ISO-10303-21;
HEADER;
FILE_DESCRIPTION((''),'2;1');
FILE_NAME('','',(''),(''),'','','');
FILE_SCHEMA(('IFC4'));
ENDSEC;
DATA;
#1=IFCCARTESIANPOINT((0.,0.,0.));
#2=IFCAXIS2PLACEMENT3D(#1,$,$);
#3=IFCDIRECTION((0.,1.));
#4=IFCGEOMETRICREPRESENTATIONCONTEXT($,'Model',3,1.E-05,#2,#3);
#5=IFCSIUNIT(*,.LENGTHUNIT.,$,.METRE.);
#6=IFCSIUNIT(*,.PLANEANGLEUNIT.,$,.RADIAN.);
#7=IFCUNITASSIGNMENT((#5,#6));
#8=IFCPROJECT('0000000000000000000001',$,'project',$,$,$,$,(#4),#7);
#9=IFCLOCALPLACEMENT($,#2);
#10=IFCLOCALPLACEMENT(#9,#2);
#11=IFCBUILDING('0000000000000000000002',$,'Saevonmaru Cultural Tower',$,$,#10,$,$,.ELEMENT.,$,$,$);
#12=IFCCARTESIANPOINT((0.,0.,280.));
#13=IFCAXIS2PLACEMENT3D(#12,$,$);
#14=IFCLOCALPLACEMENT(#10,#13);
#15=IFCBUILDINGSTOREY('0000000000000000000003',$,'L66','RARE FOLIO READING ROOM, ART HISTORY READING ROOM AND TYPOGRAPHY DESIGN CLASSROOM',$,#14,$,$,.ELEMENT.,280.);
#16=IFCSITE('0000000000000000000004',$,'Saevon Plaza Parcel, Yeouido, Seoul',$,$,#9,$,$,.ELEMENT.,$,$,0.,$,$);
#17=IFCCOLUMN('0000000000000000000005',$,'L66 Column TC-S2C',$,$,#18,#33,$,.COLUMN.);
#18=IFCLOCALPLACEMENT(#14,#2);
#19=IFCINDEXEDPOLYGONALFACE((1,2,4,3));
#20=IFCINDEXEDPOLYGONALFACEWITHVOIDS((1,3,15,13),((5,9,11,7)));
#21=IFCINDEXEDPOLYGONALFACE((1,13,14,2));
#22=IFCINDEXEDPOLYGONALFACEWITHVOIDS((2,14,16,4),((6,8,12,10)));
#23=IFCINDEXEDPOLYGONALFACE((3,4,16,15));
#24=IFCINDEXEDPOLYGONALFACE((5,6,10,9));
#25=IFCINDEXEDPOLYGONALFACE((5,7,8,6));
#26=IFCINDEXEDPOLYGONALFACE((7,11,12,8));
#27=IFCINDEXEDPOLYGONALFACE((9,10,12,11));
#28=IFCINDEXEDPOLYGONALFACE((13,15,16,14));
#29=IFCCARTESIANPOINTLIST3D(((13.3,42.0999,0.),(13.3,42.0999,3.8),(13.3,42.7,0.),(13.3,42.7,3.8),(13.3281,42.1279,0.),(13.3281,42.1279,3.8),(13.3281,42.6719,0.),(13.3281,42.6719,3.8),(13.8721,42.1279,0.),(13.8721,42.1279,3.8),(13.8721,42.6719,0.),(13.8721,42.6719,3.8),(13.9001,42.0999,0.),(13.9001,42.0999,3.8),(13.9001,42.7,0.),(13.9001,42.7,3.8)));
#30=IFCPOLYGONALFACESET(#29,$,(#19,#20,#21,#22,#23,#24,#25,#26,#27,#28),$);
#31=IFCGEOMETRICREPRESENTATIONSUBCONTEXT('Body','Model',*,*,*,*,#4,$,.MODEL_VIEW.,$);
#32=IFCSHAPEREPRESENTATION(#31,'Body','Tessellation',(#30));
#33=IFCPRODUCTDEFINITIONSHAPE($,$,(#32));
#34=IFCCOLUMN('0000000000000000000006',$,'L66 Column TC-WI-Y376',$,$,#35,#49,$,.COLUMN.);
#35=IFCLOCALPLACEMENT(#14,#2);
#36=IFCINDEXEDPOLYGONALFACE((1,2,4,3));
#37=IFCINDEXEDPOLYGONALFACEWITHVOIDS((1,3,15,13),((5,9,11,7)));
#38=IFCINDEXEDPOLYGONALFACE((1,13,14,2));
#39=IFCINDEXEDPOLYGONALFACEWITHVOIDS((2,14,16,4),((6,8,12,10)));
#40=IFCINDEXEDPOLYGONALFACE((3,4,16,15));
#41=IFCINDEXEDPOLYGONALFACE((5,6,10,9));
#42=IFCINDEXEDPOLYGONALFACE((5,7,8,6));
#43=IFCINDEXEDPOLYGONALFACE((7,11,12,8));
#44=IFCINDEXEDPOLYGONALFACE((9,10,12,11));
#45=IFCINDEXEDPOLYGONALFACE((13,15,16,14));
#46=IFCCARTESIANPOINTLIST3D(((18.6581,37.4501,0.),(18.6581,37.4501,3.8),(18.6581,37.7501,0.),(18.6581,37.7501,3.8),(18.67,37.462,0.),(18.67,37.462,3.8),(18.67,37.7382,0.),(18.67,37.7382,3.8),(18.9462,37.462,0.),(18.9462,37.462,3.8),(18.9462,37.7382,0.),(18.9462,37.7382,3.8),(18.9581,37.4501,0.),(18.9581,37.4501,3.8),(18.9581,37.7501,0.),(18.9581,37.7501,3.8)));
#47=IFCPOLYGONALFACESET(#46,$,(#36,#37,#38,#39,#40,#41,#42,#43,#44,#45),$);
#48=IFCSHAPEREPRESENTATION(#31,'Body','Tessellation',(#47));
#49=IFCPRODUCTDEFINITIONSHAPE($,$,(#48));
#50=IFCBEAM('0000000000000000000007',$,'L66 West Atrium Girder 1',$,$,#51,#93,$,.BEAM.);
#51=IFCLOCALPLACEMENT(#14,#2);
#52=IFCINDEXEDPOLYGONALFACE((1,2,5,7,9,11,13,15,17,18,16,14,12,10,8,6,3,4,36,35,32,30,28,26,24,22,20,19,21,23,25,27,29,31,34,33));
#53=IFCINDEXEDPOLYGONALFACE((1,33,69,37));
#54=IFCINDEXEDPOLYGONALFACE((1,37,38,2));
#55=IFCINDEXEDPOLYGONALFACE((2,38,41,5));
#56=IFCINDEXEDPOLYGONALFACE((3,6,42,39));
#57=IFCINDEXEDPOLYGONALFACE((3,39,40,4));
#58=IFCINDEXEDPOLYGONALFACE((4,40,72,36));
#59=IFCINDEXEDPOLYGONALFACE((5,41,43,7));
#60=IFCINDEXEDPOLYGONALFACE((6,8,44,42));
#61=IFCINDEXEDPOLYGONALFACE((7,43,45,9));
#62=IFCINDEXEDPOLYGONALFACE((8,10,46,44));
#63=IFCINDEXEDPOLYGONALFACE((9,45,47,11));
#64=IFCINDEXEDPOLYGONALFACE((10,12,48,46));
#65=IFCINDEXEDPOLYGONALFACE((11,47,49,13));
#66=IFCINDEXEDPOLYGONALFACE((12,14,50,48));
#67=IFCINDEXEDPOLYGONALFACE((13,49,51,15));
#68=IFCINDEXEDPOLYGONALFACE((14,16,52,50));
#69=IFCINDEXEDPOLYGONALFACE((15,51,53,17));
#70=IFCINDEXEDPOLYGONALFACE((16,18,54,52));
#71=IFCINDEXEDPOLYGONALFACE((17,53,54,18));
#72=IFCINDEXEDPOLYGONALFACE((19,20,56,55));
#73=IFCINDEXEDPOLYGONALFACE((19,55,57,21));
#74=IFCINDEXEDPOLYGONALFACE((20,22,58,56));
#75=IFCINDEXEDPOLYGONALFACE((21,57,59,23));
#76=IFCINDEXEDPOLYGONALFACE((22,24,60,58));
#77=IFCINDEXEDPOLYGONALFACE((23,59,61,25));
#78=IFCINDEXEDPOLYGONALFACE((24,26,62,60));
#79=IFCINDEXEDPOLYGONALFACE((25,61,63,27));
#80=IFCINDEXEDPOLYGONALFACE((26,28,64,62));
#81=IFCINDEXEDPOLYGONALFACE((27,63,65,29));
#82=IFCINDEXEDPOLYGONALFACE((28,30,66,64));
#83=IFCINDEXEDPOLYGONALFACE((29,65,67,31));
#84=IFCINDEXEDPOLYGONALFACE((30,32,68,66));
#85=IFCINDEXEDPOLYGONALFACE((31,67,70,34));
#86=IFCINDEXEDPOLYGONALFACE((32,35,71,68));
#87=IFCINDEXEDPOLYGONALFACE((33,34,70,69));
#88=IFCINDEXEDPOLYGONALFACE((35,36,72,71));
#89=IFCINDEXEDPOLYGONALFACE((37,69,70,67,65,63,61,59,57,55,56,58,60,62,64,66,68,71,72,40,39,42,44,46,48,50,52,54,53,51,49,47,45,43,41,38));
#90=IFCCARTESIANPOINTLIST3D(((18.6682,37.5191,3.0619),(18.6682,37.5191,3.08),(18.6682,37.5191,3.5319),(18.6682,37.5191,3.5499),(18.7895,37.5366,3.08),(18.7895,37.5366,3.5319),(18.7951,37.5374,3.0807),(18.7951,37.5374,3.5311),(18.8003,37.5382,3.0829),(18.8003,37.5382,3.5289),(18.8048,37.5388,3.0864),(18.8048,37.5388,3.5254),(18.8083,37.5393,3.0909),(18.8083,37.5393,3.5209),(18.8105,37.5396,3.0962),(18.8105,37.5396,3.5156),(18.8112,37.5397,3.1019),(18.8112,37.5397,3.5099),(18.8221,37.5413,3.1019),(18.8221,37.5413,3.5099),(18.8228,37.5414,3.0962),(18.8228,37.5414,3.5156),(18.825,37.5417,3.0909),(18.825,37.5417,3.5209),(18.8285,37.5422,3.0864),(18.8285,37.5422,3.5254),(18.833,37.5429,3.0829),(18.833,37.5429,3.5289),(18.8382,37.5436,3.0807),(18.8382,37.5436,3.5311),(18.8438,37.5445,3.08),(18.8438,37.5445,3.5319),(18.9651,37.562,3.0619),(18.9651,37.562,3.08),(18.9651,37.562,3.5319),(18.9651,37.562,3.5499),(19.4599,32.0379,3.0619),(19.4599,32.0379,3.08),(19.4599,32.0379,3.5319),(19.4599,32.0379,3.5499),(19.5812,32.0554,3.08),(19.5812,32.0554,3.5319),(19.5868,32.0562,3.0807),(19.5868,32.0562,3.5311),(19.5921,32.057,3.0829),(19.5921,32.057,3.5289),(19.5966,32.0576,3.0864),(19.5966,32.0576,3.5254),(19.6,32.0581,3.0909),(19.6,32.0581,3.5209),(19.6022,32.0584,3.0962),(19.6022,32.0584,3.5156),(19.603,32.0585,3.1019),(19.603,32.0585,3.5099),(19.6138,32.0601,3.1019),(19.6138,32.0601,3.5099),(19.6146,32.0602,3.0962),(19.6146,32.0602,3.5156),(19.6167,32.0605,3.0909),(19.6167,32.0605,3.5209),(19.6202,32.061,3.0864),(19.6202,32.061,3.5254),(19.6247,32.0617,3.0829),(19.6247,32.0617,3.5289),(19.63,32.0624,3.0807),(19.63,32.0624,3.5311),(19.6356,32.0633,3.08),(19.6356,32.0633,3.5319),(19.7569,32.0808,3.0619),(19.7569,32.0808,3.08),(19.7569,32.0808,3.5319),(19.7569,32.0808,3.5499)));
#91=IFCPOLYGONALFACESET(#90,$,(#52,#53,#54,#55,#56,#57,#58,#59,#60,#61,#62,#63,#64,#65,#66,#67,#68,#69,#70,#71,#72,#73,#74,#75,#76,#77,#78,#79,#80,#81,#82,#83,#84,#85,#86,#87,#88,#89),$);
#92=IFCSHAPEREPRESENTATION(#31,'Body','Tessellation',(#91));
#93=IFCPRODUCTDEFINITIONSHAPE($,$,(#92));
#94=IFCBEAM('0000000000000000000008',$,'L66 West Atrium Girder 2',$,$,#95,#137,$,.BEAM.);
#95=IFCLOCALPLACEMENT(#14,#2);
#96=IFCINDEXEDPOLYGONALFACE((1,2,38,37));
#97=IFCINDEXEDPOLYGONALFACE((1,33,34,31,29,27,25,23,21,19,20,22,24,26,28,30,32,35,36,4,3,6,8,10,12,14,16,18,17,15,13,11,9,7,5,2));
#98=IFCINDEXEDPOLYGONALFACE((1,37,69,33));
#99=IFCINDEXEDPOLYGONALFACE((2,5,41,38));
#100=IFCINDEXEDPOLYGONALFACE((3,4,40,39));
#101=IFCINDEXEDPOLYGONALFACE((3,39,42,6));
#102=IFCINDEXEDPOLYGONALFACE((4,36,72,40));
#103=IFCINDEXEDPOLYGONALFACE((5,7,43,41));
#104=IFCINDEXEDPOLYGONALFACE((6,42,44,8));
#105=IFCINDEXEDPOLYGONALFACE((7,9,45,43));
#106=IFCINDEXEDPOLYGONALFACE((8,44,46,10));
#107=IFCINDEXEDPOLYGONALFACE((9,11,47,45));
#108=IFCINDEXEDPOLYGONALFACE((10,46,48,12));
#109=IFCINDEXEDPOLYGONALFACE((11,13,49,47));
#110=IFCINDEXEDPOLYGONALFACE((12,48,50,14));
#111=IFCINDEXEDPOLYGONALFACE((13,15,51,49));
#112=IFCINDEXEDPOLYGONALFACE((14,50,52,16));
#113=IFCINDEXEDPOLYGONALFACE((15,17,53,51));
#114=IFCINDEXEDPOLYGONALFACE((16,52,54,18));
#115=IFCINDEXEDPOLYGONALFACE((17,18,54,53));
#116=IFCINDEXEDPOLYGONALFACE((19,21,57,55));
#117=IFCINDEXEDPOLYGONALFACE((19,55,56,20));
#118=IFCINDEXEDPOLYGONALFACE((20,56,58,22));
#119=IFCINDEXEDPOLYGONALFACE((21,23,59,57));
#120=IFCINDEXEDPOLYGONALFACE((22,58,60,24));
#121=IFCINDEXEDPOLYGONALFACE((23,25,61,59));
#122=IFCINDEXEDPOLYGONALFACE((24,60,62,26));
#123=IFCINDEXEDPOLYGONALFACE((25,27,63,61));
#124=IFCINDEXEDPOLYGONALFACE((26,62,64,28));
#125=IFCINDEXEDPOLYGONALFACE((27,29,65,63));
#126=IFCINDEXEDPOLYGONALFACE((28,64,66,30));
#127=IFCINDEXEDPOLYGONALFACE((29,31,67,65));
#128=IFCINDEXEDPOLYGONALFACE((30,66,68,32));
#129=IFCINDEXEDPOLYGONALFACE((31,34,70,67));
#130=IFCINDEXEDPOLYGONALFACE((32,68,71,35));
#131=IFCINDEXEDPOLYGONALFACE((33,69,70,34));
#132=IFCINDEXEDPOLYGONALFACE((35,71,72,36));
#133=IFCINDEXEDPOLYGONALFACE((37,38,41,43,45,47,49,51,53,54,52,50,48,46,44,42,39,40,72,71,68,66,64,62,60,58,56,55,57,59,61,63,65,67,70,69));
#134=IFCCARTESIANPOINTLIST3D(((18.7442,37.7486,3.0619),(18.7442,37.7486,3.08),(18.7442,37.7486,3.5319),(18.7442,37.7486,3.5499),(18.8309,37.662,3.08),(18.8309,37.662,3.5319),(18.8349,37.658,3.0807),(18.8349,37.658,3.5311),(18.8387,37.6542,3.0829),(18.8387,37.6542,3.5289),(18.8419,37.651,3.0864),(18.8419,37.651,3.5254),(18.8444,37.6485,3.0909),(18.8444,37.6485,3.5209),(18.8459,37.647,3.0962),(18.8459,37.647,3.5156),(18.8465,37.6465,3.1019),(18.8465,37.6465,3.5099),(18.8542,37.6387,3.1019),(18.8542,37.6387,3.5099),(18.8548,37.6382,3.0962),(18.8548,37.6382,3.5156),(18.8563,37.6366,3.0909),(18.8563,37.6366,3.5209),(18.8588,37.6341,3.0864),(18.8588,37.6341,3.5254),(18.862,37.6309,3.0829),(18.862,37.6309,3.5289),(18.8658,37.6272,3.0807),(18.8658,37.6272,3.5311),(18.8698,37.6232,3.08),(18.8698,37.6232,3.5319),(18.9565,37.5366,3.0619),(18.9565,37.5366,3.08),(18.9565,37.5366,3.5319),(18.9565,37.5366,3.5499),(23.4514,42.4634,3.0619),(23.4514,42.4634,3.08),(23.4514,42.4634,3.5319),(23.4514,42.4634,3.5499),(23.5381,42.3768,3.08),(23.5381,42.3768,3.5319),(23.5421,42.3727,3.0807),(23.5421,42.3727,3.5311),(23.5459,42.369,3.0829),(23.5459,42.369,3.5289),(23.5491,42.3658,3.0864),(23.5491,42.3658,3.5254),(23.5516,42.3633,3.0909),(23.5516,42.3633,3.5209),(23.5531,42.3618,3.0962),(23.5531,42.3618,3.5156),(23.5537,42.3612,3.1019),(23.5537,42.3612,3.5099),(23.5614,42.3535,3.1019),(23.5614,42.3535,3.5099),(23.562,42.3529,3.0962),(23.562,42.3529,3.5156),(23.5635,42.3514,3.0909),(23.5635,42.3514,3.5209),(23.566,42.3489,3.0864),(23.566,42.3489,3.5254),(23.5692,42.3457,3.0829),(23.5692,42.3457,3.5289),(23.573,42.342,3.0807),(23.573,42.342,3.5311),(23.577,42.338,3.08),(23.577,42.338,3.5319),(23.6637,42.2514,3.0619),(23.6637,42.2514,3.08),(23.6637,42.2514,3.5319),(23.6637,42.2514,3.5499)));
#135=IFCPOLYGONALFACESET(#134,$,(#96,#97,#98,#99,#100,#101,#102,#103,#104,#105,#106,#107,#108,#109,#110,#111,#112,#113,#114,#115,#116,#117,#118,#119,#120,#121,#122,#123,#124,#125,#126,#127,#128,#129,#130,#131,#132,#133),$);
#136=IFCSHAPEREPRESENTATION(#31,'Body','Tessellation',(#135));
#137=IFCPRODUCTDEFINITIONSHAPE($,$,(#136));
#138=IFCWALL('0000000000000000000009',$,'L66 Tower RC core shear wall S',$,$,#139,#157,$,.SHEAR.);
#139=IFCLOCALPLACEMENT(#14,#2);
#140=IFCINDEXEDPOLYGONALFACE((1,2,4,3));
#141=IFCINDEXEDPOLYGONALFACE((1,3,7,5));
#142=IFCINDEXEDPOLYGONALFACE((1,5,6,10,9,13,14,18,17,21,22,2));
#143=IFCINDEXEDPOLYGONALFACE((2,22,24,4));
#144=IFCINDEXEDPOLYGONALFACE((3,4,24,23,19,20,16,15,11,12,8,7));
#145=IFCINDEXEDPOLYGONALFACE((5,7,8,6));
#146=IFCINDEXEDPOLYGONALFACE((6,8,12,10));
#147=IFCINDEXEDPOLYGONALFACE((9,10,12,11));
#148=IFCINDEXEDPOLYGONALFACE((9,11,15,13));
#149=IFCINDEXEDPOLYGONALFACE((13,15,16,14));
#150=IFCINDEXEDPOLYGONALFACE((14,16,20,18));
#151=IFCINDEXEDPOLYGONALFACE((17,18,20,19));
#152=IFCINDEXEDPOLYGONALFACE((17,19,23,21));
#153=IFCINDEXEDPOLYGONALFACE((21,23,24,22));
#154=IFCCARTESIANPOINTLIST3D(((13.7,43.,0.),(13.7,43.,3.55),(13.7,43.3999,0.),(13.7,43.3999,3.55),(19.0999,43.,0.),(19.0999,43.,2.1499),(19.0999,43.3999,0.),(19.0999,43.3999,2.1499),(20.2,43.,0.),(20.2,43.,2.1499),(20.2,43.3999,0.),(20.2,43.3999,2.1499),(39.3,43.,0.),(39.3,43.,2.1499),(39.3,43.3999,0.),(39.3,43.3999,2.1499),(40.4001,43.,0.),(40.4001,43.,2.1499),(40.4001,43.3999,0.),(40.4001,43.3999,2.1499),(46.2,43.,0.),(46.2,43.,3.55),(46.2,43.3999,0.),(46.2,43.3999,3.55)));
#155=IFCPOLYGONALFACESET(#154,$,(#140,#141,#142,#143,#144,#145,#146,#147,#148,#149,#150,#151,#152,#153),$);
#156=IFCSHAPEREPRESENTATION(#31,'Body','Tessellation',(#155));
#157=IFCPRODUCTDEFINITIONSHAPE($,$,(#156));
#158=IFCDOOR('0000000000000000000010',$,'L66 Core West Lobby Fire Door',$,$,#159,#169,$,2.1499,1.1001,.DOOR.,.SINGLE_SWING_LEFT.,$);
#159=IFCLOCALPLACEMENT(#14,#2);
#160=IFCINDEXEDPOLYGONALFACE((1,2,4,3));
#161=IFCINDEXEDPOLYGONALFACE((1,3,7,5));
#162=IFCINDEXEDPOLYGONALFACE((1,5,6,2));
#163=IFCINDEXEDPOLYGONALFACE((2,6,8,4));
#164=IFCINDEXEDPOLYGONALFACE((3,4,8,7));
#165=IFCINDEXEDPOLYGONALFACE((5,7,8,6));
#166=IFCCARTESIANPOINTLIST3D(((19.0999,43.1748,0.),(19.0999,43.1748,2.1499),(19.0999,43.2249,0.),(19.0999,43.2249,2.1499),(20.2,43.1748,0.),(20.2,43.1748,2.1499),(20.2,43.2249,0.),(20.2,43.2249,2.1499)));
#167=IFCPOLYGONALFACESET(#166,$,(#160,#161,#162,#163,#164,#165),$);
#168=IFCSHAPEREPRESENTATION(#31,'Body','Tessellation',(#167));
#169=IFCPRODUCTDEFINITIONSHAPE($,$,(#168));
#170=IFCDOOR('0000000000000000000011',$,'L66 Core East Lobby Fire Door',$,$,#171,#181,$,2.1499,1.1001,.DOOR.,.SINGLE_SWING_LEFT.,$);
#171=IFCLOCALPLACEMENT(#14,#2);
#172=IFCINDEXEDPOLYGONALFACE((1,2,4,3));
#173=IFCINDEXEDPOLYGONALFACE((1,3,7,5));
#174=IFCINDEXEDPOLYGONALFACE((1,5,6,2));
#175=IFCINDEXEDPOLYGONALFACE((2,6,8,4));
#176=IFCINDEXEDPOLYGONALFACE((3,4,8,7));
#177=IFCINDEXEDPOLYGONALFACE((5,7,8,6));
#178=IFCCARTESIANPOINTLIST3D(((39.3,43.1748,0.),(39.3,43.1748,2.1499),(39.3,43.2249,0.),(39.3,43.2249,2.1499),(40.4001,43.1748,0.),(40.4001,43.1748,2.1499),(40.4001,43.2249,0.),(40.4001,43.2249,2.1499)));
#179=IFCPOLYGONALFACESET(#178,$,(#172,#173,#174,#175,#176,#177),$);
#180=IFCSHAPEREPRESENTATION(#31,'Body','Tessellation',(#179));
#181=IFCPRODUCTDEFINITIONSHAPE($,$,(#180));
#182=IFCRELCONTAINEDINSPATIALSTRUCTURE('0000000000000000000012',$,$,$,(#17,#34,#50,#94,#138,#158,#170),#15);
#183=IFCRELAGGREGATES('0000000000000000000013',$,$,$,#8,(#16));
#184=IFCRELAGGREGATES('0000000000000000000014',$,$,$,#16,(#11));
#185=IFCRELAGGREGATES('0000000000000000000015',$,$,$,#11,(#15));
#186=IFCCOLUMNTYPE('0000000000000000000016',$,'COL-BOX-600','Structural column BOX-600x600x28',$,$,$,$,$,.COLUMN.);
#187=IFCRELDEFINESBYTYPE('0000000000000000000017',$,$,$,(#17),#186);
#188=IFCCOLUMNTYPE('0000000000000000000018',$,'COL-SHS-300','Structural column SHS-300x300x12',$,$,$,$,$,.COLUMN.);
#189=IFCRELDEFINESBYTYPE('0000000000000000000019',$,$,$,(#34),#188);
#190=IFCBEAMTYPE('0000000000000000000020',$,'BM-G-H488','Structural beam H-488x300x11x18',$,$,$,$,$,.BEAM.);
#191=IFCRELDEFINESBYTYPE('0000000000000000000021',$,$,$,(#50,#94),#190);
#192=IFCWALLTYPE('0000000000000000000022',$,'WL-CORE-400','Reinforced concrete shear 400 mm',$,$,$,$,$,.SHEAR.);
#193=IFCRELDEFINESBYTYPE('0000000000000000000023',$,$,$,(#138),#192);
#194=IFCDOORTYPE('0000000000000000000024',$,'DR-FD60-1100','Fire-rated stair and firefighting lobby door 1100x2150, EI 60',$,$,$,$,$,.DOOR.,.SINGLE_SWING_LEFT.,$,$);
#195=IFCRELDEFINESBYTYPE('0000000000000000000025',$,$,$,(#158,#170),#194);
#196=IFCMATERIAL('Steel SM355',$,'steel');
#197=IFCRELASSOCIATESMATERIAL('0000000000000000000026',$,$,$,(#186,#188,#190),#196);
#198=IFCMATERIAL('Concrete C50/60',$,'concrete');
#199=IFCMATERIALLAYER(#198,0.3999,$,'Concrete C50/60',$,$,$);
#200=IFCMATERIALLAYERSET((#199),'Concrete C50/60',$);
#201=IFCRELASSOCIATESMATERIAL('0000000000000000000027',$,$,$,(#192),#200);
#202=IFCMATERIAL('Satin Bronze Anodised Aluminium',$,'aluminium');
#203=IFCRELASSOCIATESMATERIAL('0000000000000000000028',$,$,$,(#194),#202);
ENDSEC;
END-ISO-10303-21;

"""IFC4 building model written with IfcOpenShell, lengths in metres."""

from ifc_helpers import new_model, si_unit, direction, frame, frame_2d, origin, origin_2d, place, context, subcontext, project, spatial, rectangle, hollow_rectangle, i_section, extrude, material, layer, layer_set, material_profile, profile_set, type_object, element, fill, save


model = new_model("IFC4")

# Units and contexts
model_context = context("Model", 3, precision=1e-05, world=origin(), true_north=direction((0.0, 1.0)))
body_context = subcontext(model_context, "Body", "Model", "MODEL_VIEW")
ifc_project = project(units=[si_unit("LENGTHUNIT", "METRE"), si_unit("PLANEANGLEUNIT", "RADIAN")], contexts=[model_context])

# Site, building, storey
site_placement = place(None, origin())
site = spatial("IfcSite", under=ifc_project, at=site_placement, Name="Saevon Plaza Parcel, Yeouido, Seoul", CompositionType="ELEMENT", RefElevation=0.0)
building_placement = place(site_placement, origin())
building = spatial("IfcBuilding", under=site, at=building_placement, Name="Saevonmaru Cultural Tower", CompositionType="ELEMENT")
storey_placement = place(building_placement, frame((0.0, 0.0, 280.0)))
storey = spatial("IfcBuildingStorey", under=building, at=storey_placement, Name="L66", Description="RARE FOLIO READING ROOM, ART HISTORY READING ROOM AND TYPOGRAPHY DESIGN CLASSROOM", CompositionType="ELEMENT", Elevation=280.0)

# Columns
ifc_material_1 = material(Name="Steel SM355", Category="steel")
ifc_material_profile_1 = material_profile(ifc_material_1, hollow_rectangle(XDim=0.6001, YDim=0.6001, WallThickness=0.0281, at=origin_2d()), Name="BOX-600x600x28")
ifc_profile_set_1 = profile_set([ifc_material_profile_1], Name="Steel SM355")
column_type_1 = type_object("IfcColumnType", Name="COL-BOX-600", Description="Structural column BOX-600x600x28", PredefinedType="COLUMN", material=ifc_profile_set_1)
column_1_placement = place(storey_placement, frame((13.6001, 42.3999, 0.0), z_axis=(0.0, 0.0, 1.0), x_axis=(1.0, 0.0, 0.0)))
element("IfcColumn", 1, at=column_1_placement, inside=storey, type_object=column_type_1, Name="L66 Column TC-S2C", PredefinedType="COLUMN", context=body_context, shape_type="SweptSolid", body=[
    extrude(hollow_rectangle(XDim=0.6001, YDim=0.6001, WallThickness=0.0281, at=origin_2d()), origin(), (0.0, 0.0, 1.0), 3.8),
])
ifc_material_profile_2 = material_profile(ifc_material_1, hollow_rectangle(XDim=0.3, YDim=0.3, WallThickness=0.012, at=origin_2d()), Name="SHS-300x300x12")
ifc_profile_set_2 = profile_set([ifc_material_profile_2], Name="Steel SM355")
column_type_2 = type_object("IfcColumnType", Name="COL-SHS-300", Description="Structural column SHS-300x300x12", PredefinedType="COLUMN", material=ifc_profile_set_2)
column_2_placement = place(storey_placement, frame((18.8081, 37.6001, 0.0), z_axis=(0.0, 0.0, 1.0), x_axis=(1.0, 0.0, 0.0)))
element("IfcColumn", 2, at=column_2_placement, inside=storey, type_object=column_type_2, Name="L66 Column TC-WI-Y376", PredefinedType="COLUMN", context=body_context, shape_type="SweptSolid", body=[
    extrude(hollow_rectangle(XDim=0.3, YDim=0.3, WallThickness=0.012, at=origin_2d()), origin(), (0.0, 0.0, 1.0), 3.8),
])

# Beams
ifc_material_profile_3 = material_profile(ifc_material_1, i_section(OverallWidth=0.3, OverallDepth=0.488, WebThickness=0.011, FlangeThickness=0.0181, FilletRadius=0.022, at=origin_2d()), Name="H-488x300x11x18")
ifc_profile_set_3 = profile_set([ifc_material_profile_3], Name="Steel SM355")
beam_type = type_object("IfcBeamType", Name="BM-G-H488", Description="Structural beam H-488x300x11x18", PredefinedType="BEAM", material=ifc_profile_set_3)
beam_1_placement = place(storey_placement, frame((19.6084, 32.0593, 3.3059), z_axis=(-0.142964, 0.989728, 0.0), x_axis=(-0.989728, -0.142964, 0.0)))
element("IfcBeam", 3, at=beam_1_placement, inside=storey, type_object=beam_type, Name="L66 West Atrium Girder 1", PredefinedType="BEAM", context=body_context, shape_type="SweptSolid", body=[
    extrude(i_section(OverallWidth=0.3, OverallDepth=0.488, WebThickness=0.011, FlangeThickness=0.0181, FilletRadius=0.022, at=origin_2d()), origin(), (0.0, 0.0, 1.0), 5.5381),
])
beam_2_placement = place(storey_placement, frame((18.8503, 37.6426, 3.3059), z_axis=(0.706539, 0.707675, 0.0), x_axis=(-0.707675, 0.706539, 0.0)))
element("IfcBeam", 4, at=beam_2_placement, inside=storey, type_object=beam_type, Name="L66 West Atrium Girder 2", PredefinedType="BEAM", context=body_context, shape_type="SweptSolid", body=[
    extrude(i_section(OverallWidth=0.3, OverallDepth=0.488, WebThickness=0.011, FlangeThickness=0.0181, FilletRadius=0.022, at=origin_2d()), origin(), (0.0, 0.0, 1.0), 6.6624),
])

# Wall, openings, doors
ifc_material_2 = material(Name="Concrete C50/60", Category="concrete")
ifc_layer_1 = layer(ifc_material_2, 0.3999, Name="Concrete C50/60")
ifc_layer_set_1 = layer_set([ifc_layer_1], Name="Concrete C50/60")
wall_type_1 = type_object("IfcWallType", Name="WL-CORE-400", Description="Reinforced concrete shear 400 mm", PredefinedType="SHEAR", material=ifc_layer_set_1)
wall_1_placement = place(storey_placement, frame((13.7, 43.2, 0.0), z_axis=(0.0, 0.0, 1.0), x_axis=(1.0, 0.0, 0.0)))
wall_1 = element("IfcWall", 5, at=wall_1_placement, inside=storey, type_object=wall_type_1, Name="L66 Tower RC core shear wall S", PredefinedType="SHEAR", context=body_context, shape_type="SweptSolid", body=[
    extrude(rectangle(XDim=32.5, YDim=0.3999, at=frame_2d((16.25, 0.0))), origin(), (0.0, 0.0, 1.0), 3.55),
])
opening_1_placement = place(wall_1_placement, frame((5.3999, 0.0, 0.0)))
opening_1 = element("IfcOpeningElement", 6, at=opening_1_placement, cuts=wall_1, PredefinedType="OPENING", context=body_context, shape_type="SweptSolid", body=[
    extrude(rectangle(XDim=1.1001, YDim=2.1499, at=frame_2d((0.55, 1.075))), frame((0.0, 0.21, 0.0), z_axis=(0.0, -1.0, 0.0), x_axis=(1.0, 0.0, 0.0)), (0.0, 0.0, 1.0), 0.4199),
])
opening_2_placement = place(wall_1_placement, frame((25.6001, 0.0, 0.0)))
opening_2 = element("IfcOpeningElement", 7, at=opening_2_placement, cuts=wall_1, PredefinedType="OPENING", context=body_context, shape_type="SweptSolid", body=[
    extrude(rectangle(XDim=1.1001, YDim=2.1499, at=frame_2d((0.55, 1.075))), frame((0.0, 0.21, 0.0), z_axis=(0.0, -1.0, 0.0), x_axis=(1.0, 0.0, 0.0)), (0.0, 0.0, 1.0), 0.4199),
])
ifc_material_3 = material(Name="Satin Bronze Anodised Aluminium", Category="aluminium")
door_type_1 = type_object("IfcDoorType", Name="DR-FD60-1100", Description="Fire-rated stair and firefighting lobby door 1100x2150, EI 60", OperationType="SINGLE_SWING_LEFT", PredefinedType="DOOR", material=ifc_material_3)
door_1_placement = place(opening_1_placement, origin())
door_1 = element("IfcDoor", 8, at=door_1_placement, inside=storey, type_object=door_type_1, Name="L66 Core West Lobby Fire Door", OperationType="SINGLE_SWING_LEFT", OverallHeight=2.1499, OverallWidth=1.1001, PredefinedType="DOOR", context=body_context, shape_type="SweptSolid", body=[
    extrude(rectangle(XDim=1.1001, YDim=2.1499, at=frame_2d((0.55, 1.075))), frame((0.0, 0.0249, 0.0), z_axis=(0.0, -1.0, 0.0), x_axis=(1.0, 0.0, 0.0)), (0.0, 0.0, 1.0), 0.05),
])
fill(opening_1, door_1)
door_2_placement = place(opening_2_placement, origin())
door_2 = element("IfcDoor", 9, at=door_2_placement, inside=storey, type_object=door_type_1, Name="L66 Core East Lobby Fire Door", OperationType="SINGLE_SWING_LEFT", OverallHeight=2.1499, OverallWidth=1.1001, PredefinedType="DOOR", context=body_context, shape_type="SweptSolid", body=[
    extrude(rectangle(XDim=1.1001, YDim=2.1499, at=frame_2d((0.55, 1.075))), frame((0.0, 0.0249, 0.0), z_axis=(0.0, -1.0, 0.0), x_axis=(1.0, 0.0, 0.0)), (0.0, 0.0, 1.0), 0.05),
])
fill(opening_2, door_2)

save(model, "model.ifc")
